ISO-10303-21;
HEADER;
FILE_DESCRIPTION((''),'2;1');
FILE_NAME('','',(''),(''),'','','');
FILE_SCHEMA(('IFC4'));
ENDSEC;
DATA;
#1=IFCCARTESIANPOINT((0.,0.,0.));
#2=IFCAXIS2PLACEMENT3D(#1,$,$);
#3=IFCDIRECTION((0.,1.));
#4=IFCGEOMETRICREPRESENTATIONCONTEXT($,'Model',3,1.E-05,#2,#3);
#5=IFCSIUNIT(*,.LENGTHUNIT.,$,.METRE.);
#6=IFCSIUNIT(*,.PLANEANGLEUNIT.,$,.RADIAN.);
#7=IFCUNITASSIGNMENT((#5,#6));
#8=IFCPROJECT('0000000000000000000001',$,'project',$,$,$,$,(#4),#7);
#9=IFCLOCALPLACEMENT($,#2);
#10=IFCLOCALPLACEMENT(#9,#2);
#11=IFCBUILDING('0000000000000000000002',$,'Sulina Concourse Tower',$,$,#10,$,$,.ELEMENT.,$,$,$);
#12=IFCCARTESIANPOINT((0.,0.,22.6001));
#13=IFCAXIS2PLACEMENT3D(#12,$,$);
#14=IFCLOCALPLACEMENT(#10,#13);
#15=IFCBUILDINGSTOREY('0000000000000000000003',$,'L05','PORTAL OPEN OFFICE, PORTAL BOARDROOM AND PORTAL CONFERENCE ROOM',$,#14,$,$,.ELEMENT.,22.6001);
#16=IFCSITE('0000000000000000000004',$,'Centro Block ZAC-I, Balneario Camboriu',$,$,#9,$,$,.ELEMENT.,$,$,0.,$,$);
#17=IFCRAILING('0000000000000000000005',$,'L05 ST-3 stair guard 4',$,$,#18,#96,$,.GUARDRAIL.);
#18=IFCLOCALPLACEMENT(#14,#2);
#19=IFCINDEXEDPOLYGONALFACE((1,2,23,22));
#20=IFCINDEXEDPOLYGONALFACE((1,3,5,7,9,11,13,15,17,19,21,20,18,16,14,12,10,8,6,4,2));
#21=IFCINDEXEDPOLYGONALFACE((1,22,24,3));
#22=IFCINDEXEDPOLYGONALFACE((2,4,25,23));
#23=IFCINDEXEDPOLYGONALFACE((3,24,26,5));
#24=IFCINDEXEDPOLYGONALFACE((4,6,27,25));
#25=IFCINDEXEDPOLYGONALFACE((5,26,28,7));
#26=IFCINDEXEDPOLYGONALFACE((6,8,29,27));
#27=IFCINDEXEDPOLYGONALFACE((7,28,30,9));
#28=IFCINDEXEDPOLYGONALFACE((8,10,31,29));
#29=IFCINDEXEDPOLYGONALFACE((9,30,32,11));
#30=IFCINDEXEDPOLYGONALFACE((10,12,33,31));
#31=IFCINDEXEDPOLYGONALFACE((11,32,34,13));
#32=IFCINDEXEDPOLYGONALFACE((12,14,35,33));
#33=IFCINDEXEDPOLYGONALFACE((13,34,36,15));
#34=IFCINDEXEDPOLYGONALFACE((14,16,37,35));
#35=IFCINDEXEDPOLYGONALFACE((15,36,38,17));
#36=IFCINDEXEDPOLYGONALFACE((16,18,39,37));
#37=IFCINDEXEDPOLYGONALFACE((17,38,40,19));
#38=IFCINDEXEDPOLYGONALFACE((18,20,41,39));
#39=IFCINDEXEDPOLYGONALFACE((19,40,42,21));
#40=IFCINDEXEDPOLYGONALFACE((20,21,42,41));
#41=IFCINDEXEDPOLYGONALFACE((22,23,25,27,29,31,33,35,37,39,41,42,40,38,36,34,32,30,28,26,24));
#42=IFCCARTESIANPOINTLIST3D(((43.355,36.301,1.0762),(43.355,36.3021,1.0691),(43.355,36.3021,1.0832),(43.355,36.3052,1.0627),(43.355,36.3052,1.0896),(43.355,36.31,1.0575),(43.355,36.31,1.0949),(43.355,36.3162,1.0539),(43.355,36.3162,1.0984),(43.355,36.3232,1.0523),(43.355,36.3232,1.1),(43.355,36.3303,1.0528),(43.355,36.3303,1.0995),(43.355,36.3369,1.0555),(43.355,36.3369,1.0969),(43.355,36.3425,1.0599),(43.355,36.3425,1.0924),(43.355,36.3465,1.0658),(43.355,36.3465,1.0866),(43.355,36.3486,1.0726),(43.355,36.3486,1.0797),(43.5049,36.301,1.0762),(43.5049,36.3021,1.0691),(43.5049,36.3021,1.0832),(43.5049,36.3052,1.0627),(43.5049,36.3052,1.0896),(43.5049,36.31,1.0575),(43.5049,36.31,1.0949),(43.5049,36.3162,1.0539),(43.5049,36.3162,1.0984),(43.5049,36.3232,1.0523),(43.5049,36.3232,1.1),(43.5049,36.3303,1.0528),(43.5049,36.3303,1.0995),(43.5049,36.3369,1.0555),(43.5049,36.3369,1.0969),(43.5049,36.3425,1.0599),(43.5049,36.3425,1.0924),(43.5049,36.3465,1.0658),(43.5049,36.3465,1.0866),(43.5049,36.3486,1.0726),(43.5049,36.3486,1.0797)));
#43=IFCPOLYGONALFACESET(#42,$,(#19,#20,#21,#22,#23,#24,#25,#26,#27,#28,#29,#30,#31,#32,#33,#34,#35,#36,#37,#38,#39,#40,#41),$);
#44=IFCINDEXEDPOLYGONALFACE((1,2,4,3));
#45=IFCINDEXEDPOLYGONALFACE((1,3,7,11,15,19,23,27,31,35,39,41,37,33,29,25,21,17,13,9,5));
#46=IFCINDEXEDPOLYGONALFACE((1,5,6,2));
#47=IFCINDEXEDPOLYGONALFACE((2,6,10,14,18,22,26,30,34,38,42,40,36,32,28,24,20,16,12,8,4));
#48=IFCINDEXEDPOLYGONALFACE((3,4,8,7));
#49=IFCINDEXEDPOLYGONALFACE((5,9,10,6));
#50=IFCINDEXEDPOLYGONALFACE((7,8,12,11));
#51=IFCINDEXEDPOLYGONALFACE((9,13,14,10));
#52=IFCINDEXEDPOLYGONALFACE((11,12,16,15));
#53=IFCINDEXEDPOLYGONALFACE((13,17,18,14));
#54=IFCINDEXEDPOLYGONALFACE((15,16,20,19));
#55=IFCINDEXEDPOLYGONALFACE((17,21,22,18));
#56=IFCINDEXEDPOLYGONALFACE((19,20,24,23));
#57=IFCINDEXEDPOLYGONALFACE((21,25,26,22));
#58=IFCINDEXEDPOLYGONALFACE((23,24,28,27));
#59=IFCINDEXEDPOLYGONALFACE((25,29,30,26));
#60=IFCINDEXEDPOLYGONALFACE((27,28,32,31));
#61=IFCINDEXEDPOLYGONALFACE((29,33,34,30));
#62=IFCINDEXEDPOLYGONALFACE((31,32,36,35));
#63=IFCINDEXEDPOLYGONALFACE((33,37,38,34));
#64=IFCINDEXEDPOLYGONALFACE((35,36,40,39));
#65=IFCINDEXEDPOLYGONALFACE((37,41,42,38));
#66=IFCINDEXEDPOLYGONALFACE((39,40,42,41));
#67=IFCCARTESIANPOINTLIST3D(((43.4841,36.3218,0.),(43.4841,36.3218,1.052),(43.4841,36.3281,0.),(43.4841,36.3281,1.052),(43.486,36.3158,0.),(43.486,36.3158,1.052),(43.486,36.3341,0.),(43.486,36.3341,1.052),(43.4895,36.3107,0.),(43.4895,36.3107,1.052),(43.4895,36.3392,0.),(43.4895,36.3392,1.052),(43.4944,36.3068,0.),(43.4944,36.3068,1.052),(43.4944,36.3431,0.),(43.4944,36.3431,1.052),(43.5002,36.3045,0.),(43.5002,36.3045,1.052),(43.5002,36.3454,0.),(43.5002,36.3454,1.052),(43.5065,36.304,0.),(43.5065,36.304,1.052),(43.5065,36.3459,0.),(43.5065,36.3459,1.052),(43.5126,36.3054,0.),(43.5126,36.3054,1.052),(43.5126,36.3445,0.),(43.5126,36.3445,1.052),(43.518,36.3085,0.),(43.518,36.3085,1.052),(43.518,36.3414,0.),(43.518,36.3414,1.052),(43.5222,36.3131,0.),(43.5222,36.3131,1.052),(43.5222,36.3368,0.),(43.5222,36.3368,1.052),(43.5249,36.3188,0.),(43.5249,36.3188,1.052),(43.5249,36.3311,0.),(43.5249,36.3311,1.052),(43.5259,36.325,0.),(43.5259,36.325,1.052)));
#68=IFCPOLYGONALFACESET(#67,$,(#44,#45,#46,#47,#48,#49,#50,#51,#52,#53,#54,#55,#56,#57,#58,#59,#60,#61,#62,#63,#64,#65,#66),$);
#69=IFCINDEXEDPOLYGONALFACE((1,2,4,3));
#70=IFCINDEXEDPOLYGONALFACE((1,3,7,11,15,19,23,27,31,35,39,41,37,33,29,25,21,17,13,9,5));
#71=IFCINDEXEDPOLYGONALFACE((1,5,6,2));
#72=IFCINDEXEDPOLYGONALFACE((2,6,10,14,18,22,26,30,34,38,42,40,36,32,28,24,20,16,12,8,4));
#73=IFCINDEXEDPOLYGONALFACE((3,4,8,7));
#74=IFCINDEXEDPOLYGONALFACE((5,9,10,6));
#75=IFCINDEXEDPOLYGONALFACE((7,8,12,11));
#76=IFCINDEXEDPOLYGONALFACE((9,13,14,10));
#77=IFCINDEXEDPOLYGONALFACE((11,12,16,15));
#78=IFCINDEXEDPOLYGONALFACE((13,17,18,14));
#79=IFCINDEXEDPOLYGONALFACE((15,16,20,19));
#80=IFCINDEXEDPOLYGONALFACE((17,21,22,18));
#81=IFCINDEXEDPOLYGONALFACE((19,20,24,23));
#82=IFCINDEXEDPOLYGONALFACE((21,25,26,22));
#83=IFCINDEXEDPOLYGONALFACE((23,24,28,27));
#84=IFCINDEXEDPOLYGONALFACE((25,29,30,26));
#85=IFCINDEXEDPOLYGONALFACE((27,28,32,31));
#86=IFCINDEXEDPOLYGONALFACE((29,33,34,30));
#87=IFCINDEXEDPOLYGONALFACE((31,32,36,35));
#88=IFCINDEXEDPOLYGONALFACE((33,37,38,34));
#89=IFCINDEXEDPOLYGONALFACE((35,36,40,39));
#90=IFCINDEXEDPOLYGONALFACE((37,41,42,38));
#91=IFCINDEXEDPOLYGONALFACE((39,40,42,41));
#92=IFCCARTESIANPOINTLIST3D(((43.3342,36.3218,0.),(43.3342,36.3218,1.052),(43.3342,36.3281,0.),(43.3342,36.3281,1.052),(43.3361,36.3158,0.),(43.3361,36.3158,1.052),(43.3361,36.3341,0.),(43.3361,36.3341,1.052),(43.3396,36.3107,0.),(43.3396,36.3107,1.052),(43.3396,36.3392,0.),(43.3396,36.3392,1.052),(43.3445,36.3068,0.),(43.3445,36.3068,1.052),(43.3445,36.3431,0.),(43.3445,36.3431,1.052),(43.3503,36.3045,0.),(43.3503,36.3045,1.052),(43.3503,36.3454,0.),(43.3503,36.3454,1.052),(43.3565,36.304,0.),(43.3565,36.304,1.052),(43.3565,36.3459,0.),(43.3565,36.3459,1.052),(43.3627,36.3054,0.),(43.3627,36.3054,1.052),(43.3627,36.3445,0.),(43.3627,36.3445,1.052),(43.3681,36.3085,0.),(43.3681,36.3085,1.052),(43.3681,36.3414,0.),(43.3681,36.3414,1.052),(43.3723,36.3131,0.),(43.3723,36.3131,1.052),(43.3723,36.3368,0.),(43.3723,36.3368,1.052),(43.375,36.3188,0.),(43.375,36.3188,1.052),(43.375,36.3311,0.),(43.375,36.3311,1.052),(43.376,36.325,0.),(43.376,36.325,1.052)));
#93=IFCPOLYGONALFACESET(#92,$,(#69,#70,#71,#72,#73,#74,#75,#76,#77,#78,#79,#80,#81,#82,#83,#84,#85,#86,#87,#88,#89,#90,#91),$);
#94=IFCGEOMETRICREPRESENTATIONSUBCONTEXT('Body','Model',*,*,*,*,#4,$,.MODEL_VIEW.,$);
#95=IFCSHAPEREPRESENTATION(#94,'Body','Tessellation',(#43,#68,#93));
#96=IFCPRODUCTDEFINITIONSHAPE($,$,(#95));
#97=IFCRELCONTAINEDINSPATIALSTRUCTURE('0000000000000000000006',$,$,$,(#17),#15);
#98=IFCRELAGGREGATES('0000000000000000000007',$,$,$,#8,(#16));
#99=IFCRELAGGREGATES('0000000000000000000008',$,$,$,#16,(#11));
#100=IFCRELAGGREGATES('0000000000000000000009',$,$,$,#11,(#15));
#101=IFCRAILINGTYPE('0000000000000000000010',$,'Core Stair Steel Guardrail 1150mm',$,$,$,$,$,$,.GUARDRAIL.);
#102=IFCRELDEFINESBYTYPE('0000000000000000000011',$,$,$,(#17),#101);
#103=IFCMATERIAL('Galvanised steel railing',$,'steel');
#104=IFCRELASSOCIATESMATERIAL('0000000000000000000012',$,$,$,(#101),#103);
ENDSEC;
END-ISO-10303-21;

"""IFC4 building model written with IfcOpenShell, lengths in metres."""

from ifc_helpers import new_model, si_unit, direction, frame, origin, origin_2d, place, context, subcontext, project, spatial, circle, extrude, material, type_object, element, save


model = new_model("IFC4")

# Units and contexts
model_context = context("Model", 3, precision=1e-05, world=origin(), true_north=direction((0.0, 1.0)))
body_context = subcontext(model_context, "Body", "Model", "MODEL_VIEW")
ifc_project = project(units=[si_unit("LENGTHUNIT", "METRE"), si_unit("PLANEANGLEUNIT", "RADIAN")], contexts=[model_context])

# Site, building, storey
site_placement = place(None, origin())
site = spatial("IfcSite", under=ifc_project, at=site_placement, Name="Centro Block ZAC-I, Balneario Camboriu", CompositionType="ELEMENT", RefElevation=0.0)
building_placement = place(site_placement, origin())
building = spatial("IfcBuilding", under=site, at=building_placement, Name="Sulina Concourse Tower", CompositionType="ELEMENT")
storey_placement = place(building_placement, frame((0.0, 0.0, 22.6001)))
storey = spatial("IfcBuildingStorey", under=building, at=storey_placement, Name="L05", Description="PORTAL OPEN OFFICE, PORTAL BOARDROOM AND PORTAL CONFERENCE ROOM", CompositionType="ELEMENT", Elevation=22.6001)

# Railing
ifc_material_1 = material(Name="Galvanised steel railing", Category="steel")
railing_type_1 = type_object("IfcRailingType", Name="Core Stair Steel Guardrail 1150mm", PredefinedType="GUARDRAIL", material=ifc_material_1)
railing_1_placement = place(storey_placement, frame((43.5049, 36.325, 0.0)))
element("IfcRailing", 1, at=railing_1_placement, inside=storey, type_object=railing_type_1, Name="L05 ST-3 stair guard 4", PredefinedType="GUARDRAIL", context=body_context, shape_type="SweptSolid", body=[
    extrude(circle(Radius=0.0239, at=origin_2d()), frame((0.0, 0.0, 1.0762), z_axis=(-1.0, 0.0, 0.0), x_axis=(0.0, -1.0, 0.0)), (0.0, 0.0, 1.0), 0.1499),
    extrude(circle(Radius=0.021, at=origin_2d()), origin(), (0.0, 0.0, 1.0), 1.052),
    extrude(circle(Radius=0.021, at=origin_2d()), frame((-0.1499, 0.0, 0.0)), (0.0, 0.0, 1.0), 1.052),
])

save(model, "model.ifc")
